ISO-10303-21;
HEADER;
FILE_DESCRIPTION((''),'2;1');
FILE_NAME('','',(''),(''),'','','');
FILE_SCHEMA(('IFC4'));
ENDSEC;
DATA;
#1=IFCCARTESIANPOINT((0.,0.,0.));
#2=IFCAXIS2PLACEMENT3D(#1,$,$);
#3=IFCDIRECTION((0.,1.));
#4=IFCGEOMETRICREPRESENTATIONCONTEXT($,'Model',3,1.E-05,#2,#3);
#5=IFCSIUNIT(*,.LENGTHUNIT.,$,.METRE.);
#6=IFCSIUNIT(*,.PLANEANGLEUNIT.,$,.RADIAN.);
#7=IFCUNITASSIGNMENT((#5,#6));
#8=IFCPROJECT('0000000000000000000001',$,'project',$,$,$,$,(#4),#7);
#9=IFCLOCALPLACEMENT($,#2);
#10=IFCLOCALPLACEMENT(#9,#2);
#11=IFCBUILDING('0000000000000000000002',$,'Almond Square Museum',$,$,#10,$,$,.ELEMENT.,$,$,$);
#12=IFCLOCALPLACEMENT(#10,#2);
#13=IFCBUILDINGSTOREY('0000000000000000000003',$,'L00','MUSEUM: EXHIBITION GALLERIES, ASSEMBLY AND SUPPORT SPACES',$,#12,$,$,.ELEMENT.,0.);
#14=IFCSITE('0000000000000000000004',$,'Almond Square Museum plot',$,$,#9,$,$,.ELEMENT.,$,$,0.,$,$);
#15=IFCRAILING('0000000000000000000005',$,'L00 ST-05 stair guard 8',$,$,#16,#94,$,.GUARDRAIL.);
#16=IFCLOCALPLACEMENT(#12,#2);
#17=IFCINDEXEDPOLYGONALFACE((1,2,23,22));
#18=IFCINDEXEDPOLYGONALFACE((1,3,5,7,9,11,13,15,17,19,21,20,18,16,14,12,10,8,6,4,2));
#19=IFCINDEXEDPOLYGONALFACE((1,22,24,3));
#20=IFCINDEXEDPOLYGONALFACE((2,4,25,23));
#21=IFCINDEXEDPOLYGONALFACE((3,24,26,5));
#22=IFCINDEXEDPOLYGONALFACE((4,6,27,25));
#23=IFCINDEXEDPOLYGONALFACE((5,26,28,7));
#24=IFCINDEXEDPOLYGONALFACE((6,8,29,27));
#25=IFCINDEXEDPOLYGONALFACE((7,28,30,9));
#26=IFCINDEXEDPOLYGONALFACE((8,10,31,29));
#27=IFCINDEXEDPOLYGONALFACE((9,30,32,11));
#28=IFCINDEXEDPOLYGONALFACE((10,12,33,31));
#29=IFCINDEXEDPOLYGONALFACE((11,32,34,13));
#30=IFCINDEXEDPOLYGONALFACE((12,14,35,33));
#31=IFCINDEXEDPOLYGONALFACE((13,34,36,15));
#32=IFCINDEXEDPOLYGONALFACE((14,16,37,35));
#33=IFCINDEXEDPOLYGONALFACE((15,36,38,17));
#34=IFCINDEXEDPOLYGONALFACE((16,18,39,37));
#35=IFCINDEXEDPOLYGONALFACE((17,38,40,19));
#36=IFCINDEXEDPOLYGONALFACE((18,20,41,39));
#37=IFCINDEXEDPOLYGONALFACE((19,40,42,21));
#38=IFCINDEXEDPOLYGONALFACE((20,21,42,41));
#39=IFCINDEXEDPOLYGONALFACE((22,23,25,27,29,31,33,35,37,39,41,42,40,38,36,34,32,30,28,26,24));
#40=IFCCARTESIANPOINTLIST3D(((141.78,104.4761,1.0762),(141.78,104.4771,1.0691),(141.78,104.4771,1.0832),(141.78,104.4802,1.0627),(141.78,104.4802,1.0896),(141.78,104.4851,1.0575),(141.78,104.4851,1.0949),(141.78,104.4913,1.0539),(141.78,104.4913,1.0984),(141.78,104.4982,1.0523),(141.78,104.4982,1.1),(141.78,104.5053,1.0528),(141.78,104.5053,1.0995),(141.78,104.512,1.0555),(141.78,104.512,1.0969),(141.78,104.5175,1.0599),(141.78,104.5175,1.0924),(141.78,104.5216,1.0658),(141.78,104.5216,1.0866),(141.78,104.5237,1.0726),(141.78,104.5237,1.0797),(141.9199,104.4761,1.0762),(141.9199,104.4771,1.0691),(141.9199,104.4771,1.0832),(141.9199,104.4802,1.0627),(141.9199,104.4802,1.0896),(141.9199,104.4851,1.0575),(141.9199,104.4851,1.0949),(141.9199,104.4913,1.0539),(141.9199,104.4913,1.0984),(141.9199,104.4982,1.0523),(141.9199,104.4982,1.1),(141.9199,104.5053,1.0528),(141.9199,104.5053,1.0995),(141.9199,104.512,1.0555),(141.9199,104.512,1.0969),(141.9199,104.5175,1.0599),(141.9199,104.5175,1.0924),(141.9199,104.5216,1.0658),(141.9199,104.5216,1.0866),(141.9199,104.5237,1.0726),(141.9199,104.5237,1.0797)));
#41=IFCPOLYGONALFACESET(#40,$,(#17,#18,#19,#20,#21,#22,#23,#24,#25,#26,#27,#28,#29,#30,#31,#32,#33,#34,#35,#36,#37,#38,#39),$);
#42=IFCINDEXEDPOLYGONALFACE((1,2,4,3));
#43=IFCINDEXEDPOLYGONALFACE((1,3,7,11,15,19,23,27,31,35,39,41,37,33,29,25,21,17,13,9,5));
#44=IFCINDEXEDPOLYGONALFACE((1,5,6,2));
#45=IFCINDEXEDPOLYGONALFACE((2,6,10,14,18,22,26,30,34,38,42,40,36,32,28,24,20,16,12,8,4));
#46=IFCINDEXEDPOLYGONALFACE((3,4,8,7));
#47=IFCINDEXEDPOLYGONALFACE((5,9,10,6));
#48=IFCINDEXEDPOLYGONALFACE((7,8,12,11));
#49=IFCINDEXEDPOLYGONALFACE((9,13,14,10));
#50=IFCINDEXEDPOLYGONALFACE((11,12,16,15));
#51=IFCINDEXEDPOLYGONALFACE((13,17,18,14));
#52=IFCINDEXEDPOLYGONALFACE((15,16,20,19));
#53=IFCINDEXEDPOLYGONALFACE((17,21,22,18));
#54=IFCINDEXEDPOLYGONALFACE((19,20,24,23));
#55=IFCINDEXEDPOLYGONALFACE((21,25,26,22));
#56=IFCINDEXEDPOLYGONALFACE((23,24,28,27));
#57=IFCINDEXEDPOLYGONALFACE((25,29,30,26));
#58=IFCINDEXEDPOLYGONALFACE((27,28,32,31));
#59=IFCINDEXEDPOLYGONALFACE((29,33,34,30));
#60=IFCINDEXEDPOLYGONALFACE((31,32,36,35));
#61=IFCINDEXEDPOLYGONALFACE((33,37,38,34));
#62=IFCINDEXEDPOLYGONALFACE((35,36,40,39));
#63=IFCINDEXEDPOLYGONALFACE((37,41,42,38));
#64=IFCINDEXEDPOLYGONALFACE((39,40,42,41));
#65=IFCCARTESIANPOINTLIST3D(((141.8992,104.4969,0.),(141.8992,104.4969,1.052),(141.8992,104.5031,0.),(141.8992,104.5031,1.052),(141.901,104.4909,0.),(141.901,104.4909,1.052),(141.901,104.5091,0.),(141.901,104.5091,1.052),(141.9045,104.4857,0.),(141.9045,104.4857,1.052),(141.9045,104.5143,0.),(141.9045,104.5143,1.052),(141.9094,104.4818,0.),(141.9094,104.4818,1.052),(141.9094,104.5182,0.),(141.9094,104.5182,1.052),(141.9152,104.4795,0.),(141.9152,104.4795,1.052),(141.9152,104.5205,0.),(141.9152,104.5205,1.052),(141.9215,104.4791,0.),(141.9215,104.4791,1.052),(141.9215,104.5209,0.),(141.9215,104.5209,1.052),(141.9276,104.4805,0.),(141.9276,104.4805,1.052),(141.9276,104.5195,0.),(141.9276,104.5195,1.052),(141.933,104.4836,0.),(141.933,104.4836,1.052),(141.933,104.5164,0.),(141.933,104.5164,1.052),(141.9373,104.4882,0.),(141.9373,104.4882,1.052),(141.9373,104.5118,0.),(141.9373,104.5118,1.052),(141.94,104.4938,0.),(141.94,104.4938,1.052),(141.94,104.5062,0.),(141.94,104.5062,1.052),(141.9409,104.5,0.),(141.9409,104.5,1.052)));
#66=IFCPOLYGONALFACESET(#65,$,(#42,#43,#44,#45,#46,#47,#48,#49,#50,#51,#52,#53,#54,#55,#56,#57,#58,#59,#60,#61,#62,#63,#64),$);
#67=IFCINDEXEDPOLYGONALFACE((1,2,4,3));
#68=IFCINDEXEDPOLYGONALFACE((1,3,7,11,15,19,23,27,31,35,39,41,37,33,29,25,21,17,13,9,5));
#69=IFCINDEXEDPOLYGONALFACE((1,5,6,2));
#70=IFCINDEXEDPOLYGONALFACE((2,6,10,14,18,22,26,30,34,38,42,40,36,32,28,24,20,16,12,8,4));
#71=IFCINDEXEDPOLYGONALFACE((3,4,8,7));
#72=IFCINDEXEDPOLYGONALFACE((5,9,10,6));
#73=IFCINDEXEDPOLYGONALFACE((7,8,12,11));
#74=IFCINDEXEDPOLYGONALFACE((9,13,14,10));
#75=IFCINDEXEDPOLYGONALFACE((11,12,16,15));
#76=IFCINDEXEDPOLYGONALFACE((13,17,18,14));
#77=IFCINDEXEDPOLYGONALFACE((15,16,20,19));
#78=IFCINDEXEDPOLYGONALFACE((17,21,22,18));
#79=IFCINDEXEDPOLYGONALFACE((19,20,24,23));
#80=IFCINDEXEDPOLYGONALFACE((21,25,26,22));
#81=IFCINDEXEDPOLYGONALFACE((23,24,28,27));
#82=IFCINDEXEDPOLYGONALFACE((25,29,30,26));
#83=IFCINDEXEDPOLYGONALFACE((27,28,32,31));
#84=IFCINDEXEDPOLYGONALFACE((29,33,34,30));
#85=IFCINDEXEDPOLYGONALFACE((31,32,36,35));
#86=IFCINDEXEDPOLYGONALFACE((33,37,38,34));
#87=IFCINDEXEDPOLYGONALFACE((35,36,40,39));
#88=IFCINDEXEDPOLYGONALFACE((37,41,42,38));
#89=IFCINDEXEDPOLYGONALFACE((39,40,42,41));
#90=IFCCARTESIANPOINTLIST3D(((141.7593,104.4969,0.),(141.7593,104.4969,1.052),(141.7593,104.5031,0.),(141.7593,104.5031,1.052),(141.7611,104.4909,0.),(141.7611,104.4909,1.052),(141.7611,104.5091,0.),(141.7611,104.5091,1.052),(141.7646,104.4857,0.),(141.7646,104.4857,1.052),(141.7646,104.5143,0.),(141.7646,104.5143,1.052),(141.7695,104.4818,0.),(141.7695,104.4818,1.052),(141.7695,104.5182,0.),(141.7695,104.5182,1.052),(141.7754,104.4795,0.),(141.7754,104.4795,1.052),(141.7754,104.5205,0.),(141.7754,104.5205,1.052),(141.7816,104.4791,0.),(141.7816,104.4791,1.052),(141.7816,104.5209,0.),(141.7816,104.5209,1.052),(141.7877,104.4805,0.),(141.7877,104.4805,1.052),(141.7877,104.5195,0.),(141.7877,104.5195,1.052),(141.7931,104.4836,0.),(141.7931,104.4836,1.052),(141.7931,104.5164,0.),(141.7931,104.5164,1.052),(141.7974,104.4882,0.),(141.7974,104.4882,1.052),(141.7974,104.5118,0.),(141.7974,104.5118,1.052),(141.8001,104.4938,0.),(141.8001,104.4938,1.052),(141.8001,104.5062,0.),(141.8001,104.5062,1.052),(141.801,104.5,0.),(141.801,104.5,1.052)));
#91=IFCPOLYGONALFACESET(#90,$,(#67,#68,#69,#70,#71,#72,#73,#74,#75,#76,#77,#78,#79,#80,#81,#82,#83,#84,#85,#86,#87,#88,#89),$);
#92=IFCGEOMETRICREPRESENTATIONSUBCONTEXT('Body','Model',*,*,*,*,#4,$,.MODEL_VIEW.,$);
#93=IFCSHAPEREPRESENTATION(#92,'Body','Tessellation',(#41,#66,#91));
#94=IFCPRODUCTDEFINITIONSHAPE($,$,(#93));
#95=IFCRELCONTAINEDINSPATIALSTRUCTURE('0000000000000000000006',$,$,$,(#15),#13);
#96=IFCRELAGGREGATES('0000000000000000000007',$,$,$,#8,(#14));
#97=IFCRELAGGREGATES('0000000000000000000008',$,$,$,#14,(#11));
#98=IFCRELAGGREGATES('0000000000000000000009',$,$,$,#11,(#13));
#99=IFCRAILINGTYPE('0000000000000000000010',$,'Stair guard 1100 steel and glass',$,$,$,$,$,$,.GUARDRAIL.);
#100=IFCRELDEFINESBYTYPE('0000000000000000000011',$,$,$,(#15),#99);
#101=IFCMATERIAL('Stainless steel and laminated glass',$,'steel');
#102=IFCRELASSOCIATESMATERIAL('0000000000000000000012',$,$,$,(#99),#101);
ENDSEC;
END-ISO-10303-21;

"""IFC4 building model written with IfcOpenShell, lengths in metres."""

from ifc_helpers import new_model, si_unit, direction, frame, origin, origin_2d, place, context, subcontext, project, spatial, circle, extrude, material, type_object, element, save


model = new_model("IFC4")

# Units and contexts
model_context = context("Model", 3, precision=1e-05, world=origin(), true_north=direction((0.0, 1.0)))
body_context = subcontext(model_context, "Body", "Model", "MODEL_VIEW")
ifc_project = project(units=[si_unit("LENGTHUNIT", "METRE"), si_unit("PLANEANGLEUNIT", "RADIAN")], contexts=[model_context])

# Site, building, storey
site_placement = place(None, origin())
site = spatial("IfcSite", under=ifc_project, at=site_placement, Name="Almond Square Museum plot", CompositionType="ELEMENT", RefElevation=0.0)
building_placement = place(site_placement, origin())
building = spatial("IfcBuilding", under=site, at=building_placement, Name="Almond Square Museum", CompositionType="ELEMENT")
storey_placement = place(building_placement, origin())
storey = spatial("IfcBuildingStorey", under=building, at=storey_placement, Name="L00", Description="MUSEUM: EXHIBITION GALLERIES, ASSEMBLY AND SUPPORT SPACES", CompositionType="ELEMENT", Elevation=0.0)

# Railing
ifc_material_1 = material(Name="Stainless steel and laminated glass", Category="steel")
railing_type_1 = type_object("IfcRailingType", Name="Stair guard 1100 steel and glass", PredefinedType="GUARDRAIL", material=ifc_material_1)
railing_1_placement = place(storey_placement, frame((141.9199, 104.5, 0.0)))
element("IfcRailing", 1, at=railing_1_placement, inside=storey, type_object=railing_type_1, Name="L00 ST-05 stair guard 8", PredefinedType="GUARDRAIL", context=body_context, shape_type="SweptSolid", body=[
    extrude(circle(Radius=0.0239, at=origin_2d()), frame((0.0, 0.0, 1.0762), z_axis=(-1.0, 0.0, 0.0), x_axis=(0.0, -1.0, 0.0)), (0.0, 0.0, 1.0), 0.1399),
    extrude(circle(Radius=0.021, at=origin_2d()), origin(), (0.0, 0.0, 1.0), 1.052),
    extrude(circle(Radius=0.021, at=origin_2d()), frame((-0.1399, 0.0, 0.0)), (0.0, 0.0, 1.0), 1.052),
])

save(model, "model.ifc")
